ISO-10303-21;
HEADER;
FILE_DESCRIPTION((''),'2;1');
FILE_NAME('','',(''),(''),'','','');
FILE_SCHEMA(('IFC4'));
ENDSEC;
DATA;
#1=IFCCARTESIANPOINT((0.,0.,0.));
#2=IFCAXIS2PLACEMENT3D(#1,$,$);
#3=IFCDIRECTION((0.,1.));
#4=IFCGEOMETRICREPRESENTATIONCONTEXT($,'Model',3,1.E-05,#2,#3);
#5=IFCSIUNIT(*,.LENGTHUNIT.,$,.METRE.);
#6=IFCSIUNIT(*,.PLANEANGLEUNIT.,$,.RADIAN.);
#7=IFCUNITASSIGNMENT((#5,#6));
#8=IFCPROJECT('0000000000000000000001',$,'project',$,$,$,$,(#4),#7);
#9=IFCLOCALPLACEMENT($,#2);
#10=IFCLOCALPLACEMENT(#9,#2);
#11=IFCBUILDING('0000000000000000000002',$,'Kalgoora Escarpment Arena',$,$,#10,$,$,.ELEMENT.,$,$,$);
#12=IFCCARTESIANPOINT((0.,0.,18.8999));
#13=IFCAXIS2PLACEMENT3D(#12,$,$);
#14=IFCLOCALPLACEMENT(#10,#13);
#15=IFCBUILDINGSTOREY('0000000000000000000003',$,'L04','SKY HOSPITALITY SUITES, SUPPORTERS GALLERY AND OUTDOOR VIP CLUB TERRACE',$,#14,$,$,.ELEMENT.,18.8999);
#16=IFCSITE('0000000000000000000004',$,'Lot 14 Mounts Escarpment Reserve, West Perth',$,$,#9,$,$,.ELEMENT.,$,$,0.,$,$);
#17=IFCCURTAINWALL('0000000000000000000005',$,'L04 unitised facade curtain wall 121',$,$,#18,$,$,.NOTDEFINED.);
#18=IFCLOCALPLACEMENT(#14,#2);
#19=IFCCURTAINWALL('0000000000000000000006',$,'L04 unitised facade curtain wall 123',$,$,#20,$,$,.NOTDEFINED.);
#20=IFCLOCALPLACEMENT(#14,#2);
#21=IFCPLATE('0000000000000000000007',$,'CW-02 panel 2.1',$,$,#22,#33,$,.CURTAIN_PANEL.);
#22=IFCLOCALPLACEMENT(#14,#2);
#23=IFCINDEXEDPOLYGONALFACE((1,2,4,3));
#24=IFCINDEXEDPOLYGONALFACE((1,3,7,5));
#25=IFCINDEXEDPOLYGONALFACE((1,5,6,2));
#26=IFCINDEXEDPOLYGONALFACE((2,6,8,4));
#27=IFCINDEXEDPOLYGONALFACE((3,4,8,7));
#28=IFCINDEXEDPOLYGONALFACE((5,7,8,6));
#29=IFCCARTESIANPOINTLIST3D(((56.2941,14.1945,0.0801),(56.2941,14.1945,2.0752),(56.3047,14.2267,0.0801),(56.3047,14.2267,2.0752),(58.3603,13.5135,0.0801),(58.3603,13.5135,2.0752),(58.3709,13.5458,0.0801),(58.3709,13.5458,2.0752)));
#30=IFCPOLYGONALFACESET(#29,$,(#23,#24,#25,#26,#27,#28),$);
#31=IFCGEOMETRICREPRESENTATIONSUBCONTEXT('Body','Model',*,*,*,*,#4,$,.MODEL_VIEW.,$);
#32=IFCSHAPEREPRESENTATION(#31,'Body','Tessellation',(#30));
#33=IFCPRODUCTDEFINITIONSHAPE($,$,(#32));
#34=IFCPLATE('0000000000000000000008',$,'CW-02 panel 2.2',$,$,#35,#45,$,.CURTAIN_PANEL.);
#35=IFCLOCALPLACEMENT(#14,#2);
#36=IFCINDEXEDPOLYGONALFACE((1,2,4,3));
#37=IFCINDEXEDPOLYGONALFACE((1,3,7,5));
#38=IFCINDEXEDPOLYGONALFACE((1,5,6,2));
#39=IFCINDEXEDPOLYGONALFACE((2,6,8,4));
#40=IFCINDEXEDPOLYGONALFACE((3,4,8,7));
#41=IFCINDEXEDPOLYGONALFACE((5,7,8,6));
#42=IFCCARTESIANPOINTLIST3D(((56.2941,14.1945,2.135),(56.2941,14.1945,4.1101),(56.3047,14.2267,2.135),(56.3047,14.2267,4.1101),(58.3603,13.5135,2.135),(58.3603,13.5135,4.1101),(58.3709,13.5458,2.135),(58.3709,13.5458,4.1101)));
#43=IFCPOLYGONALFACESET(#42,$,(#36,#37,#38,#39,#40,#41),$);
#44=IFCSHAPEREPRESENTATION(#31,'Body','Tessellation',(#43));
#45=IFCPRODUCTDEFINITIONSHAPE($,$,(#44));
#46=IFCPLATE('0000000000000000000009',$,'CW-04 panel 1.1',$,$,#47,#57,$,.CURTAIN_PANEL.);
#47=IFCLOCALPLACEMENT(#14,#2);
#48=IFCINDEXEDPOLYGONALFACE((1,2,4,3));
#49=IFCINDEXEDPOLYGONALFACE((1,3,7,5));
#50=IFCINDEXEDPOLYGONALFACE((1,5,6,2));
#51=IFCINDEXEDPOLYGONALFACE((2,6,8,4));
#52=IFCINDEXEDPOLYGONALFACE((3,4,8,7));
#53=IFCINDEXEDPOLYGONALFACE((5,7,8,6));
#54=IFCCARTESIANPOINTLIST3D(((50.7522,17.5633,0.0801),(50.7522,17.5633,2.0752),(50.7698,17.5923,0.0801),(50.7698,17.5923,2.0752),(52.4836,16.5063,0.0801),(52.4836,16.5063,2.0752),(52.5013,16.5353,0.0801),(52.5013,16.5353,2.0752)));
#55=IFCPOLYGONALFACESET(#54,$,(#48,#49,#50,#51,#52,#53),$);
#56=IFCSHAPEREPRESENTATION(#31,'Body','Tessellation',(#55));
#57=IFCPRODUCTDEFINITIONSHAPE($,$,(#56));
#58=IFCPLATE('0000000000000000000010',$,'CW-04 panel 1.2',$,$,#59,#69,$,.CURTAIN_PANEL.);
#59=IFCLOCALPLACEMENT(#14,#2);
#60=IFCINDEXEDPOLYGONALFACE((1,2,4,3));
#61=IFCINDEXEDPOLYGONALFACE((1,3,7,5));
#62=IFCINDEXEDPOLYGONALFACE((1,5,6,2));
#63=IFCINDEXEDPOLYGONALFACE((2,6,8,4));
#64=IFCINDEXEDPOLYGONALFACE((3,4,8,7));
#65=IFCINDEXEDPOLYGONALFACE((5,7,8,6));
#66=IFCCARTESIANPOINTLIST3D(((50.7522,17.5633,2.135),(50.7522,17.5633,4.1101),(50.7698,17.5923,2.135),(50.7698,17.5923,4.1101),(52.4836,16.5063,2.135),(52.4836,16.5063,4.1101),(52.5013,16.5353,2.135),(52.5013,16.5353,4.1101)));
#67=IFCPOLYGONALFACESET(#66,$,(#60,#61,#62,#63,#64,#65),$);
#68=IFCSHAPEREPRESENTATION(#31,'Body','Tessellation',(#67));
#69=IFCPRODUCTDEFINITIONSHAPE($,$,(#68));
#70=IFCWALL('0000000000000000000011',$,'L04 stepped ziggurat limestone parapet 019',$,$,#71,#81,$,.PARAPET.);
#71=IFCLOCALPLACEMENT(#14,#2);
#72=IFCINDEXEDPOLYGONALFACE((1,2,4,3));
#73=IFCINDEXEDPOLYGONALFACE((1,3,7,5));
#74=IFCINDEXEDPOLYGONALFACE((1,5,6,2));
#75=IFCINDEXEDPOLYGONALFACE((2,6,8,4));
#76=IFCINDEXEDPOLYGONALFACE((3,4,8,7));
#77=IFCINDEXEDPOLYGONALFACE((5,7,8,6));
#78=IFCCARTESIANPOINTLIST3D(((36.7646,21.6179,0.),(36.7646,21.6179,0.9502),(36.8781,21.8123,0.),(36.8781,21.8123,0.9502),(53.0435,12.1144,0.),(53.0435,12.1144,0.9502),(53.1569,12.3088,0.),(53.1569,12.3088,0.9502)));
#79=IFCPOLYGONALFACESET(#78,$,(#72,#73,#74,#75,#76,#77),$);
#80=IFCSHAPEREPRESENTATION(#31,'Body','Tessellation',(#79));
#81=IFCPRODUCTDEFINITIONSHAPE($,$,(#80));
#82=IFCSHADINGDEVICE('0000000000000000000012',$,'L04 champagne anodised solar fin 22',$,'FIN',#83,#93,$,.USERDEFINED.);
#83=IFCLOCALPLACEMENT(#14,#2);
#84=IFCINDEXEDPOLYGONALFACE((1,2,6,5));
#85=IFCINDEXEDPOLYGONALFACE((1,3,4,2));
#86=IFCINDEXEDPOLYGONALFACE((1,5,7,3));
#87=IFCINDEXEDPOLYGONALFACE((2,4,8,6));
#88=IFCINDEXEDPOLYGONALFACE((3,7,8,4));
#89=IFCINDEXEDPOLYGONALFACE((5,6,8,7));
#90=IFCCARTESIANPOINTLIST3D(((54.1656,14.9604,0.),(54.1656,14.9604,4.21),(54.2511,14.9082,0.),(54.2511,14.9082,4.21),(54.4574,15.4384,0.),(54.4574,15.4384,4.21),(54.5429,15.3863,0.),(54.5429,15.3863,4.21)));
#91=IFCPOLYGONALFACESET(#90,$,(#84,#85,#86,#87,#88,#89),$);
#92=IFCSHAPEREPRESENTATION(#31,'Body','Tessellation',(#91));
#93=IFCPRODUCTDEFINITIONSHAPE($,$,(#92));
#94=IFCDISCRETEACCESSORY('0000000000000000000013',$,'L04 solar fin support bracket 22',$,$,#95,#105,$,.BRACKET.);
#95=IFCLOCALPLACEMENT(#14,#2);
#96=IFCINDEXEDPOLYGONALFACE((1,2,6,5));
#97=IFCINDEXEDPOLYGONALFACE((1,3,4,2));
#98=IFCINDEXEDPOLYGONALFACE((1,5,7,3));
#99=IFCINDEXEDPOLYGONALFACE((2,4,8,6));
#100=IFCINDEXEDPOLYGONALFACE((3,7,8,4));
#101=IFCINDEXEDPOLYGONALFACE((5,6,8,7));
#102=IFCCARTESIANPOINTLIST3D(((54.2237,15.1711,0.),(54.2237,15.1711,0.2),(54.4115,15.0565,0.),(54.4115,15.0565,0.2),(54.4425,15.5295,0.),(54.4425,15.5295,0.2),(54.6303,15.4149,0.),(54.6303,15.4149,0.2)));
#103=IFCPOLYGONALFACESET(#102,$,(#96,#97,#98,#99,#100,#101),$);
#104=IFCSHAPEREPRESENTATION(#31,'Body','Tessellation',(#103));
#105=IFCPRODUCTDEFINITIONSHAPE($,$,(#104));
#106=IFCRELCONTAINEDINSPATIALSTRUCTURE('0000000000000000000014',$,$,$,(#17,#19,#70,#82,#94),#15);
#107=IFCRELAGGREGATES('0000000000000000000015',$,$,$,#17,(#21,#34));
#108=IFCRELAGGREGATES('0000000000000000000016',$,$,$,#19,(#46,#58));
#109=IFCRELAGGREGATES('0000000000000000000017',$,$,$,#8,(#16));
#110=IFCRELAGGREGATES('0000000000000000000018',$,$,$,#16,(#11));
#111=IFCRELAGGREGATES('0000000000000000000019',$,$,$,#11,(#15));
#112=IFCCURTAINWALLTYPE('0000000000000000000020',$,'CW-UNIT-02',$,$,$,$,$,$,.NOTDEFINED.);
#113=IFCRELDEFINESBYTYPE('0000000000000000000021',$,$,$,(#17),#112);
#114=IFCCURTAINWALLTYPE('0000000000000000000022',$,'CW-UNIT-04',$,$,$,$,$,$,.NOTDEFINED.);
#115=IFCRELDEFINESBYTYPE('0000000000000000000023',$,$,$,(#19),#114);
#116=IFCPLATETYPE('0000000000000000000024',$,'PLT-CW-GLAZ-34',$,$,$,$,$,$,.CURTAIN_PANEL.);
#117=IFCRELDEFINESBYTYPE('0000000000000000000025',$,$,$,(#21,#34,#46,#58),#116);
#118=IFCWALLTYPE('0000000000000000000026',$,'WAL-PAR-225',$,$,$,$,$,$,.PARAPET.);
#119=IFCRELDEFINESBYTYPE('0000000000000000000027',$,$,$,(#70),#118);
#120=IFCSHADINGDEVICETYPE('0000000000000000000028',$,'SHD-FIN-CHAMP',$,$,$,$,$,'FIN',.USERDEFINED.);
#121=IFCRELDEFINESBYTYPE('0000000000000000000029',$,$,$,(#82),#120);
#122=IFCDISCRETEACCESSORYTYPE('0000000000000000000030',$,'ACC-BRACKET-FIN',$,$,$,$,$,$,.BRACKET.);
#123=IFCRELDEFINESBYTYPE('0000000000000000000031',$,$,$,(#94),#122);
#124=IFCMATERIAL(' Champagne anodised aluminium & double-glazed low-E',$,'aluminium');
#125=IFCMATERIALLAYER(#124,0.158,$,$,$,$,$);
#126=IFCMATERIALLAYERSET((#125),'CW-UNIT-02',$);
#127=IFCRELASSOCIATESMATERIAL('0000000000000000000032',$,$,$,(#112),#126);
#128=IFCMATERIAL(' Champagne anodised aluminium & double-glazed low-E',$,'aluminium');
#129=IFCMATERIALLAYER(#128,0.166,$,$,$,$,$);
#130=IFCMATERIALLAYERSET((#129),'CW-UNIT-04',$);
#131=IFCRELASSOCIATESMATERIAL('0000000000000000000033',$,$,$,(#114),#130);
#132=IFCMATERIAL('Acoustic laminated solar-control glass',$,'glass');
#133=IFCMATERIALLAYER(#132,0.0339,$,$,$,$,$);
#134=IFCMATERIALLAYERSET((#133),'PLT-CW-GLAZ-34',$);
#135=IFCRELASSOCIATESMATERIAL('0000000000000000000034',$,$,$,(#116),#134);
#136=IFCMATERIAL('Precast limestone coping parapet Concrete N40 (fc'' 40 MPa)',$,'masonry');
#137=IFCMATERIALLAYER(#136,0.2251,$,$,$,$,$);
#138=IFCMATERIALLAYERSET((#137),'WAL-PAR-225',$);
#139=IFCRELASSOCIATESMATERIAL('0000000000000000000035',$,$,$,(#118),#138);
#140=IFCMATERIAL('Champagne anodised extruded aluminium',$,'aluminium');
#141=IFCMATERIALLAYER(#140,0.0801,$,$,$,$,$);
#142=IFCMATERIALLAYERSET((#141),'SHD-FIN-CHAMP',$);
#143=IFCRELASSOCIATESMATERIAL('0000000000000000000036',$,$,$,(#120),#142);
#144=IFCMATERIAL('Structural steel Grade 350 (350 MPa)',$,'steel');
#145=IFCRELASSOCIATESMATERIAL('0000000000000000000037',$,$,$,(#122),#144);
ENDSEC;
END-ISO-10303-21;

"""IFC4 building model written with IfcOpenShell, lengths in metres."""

from ifc_helpers import new_model, si_unit, direction, frame, frame_2d, origin, origin_2d, place, context, subcontext, project, spatial, rectangle, extrude, material, layer, layer_set, type_object, element, aggregate, save


model = new_model("IFC4")

# Units and contexts
model_context = context("Model", 3, precision=1e-05, world=origin(), true_north=direction((0.0, 1.0)))
body_context = subcontext(model_context, "Body", "Model", "MODEL_VIEW")
ifc_project = project(units=[si_unit("LENGTHUNIT", "METRE"), si_unit("PLANEANGLEUNIT", "RADIAN")], contexts=[model_context])

# Site, building, storey
site_placement = place(None, origin())
site = spatial("IfcSite", under=ifc_project, at=site_placement, Name="Lot 14 Mounts Escarpment Reserve, West Perth", CompositionType="ELEMENT", RefElevation=0.0)
building_placement = place(site_placement, origin())
building = spatial("IfcBuilding", under=site, at=building_placement, Name="Kalgoora Escarpment Arena", CompositionType="ELEMENT")
storey_placement = place(building_placement, frame((0.0, 0.0, 18.8999)))
storey = spatial("IfcBuildingStorey", under=building, at=storey_placement, Name="L04", Description="SKY HOSPITALITY SUITES, SUPPORTERS GALLERY AND OUTDOOR VIP CLUB TERRACE", CompositionType="ELEMENT", Elevation=18.8999)

# Curtain walls
ifc_material_1 = material(Name=" Champagne anodised aluminium & double-glazed low-E", Category="aluminium")
ifc_layer_1 = layer(ifc_material_1, 0.158)
ifc_layer_set_1 = layer_set([ifc_layer_1], Name="CW-UNIT-02")
curtain_wall_type_1 = type_object("IfcCurtainWallType", Name="CW-UNIT-02", PredefinedType="NOTDEFINED", material=ifc_layer_set_1)
curtain_wall_1_placement = place(storey_placement, origin())
curtain_wall_1 = element("IfcCurtainWall", 1, at=curtain_wall_1_placement, inside=storey, type_object=curtain_wall_type_1, Name="L04 unitised facade curtain wall 121", PredefinedType="NOTDEFINED")
ifc_material_2 = material(Name=" Champagne anodised aluminium & double-glazed low-E", Category="aluminium")
ifc_layer_2 = layer(ifc_material_2, 0.166)
ifc_layer_set_2 = layer_set([ifc_layer_2], Name="CW-UNIT-04")
curtain_wall_type_2 = type_object("IfcCurtainWallType", Name="CW-UNIT-04", PredefinedType="NOTDEFINED", material=ifc_layer_set_2)
curtain_wall_2_placement = place(storey_placement, origin())
curtain_wall_2 = element("IfcCurtainWall", 2, at=curtain_wall_2_placement, inside=storey, type_object=curtain_wall_type_2, Name="L04 unitised facade curtain wall 123", PredefinedType="NOTDEFINED")

# Plates
ifc_material_3 = material(Name="Acoustic laminated solar-control glass", Category="glass")
ifc_layer_3 = layer(ifc_material_3, 0.0339)
ifc_layer_set_3 = layer_set([ifc_layer_3], Name="PLT-CW-GLAZ-34")
plate_type_1 = type_object("IfcPlateType", Name="PLT-CW-GLAZ-34", PredefinedType="CURTAIN_PANEL", material=ifc_layer_set_3)
plate_1_placement = place(storey_placement, frame((57.3325, 13.8701, 0.0801), z_axis=(0.0, 0.0, 1.0), x_axis=(-0.949758, 0.312986, 0.0)))
plate_1 = element("IfcPlate", 3, at=plate_1_placement, type_object=plate_type_1, Name="CW-02 panel 2.1", PredefinedType="CURTAIN_PANEL", context=body_context, shape_type="SweptSolid", body=[
    extrude(rectangle(XDim=2.1755, YDim=0.0339, at=origin_2d()), origin(), (0.0, 0.0, 1.0), 1.9951),
])
plate_2_placement = place(storey_placement, frame((57.3325, 13.8701, 2.135), z_axis=(0.0, 0.0, 1.0), x_axis=(-0.949758, 0.312986, 0.0)))
plate_2 = element("IfcPlate", 4, at=plate_2_placement, type_object=plate_type_1, Name="CW-02 panel 2.2", PredefinedType="CURTAIN_PANEL", context=body_context, shape_type="SweptSolid", body=[
    extrude(rectangle(XDim=2.1755, YDim=0.0339, at=origin_2d()), origin(), (0.0, 0.0, 1.0), 1.9751),
])
aggregate(curtain_wall_1, [plate_1, plate_2])
plate_3_placement = place(storey_placement, frame((51.6267, 17.0493, 0.0801), z_axis=(0.0, 0.0, 1.0), x_axis=(-0.853527, 0.521049, 0.0)))
plate_3 = element("IfcPlate", 5, at=plate_3_placement, type_object=plate_type_1, Name="CW-04 panel 1.1", PredefinedType="CURTAIN_PANEL", context=body_context, shape_type="SweptSolid", body=[
    extrude(rectangle(XDim=2.0286, YDim=0.0339, at=origin_2d()), origin(), (0.0, 0.0, 1.0), 1.9951),
])
plate_4_placement = place(storey_placement, frame((51.6267, 17.0493, 2.135), z_axis=(0.0, 0.0, 1.0), x_axis=(-0.853527, 0.521049, 0.0)))
plate_4 = element("IfcPlate", 6, at=plate_4_placement, type_object=plate_type_1, Name="CW-04 panel 1.2", PredefinedType="CURTAIN_PANEL", context=body_context, shape_type="SweptSolid", body=[
    extrude(rectangle(XDim=2.0286, YDim=0.0339, at=origin_2d()), origin(), (0.0, 0.0, 1.0), 1.9751),
])
aggregate(curtain_wall_2, [plate_3, plate_4])

# Wall
ifc_material_4 = material(Name="Precast limestone coping parapet Concrete N40 (fc' 40 MPa)", Category="masonry")
ifc_layer_4 = layer(ifc_material_4, 0.2251)
ifc_layer_set_4 = layer_set([ifc_layer_4], Name="WAL-PAR-225")
wall_type = type_object("IfcWallType", Name="WAL-PAR-225", PredefinedType="PARAPET", material=ifc_layer_set_4)
wall_placement = place(storey_placement, frame((53.1001, 12.2117, 0.0), z_axis=(0.0, 0.0, 1.0), x_axis=(-0.863607, 0.504166, 0.0)))
element("IfcWall", 7, at=wall_placement, inside=storey, type_object=wall_type, Name="L04 stepped ziggurat limestone parapet 019", PredefinedType="PARAPET", context=body_context, shape_type="SweptSolid", body=[
    extrude(rectangle(XDim=18.8499, YDim=0.2251, at=frame_2d((9.4248, 0.0))), origin(), (0.0, 0.0, 1.0), 0.9502),
])

# Shading device
ifc_material_5 = material(Name="Champagne anodised extruded aluminium", Category="aluminium")
ifc_layer_5 = layer(ifc_material_5, 0.0801)
ifc_layer_set_5 = layer_set([ifc_layer_5], Name="SHD-FIN-CHAMP")
shading_device_type = type_object("IfcShadingDeviceType", Name="SHD-FIN-CHAMP", ElementType="FIN", PredefinedType="USERDEFINED", material=ifc_layer_set_5)
shading_device_placement = place(storey_placement, frame((54.3542, 15.1733, 0.0), z_axis=(0.0, 0.0, 1.0), x_axis=(-0.52101, -0.853551, 0.0)))
element("IfcShadingDevice", 8, at=shading_device_placement, inside=storey, type_object=shading_device_type, Name="L04 champagne anodised solar fin 22", ObjectType="FIN", PredefinedType="USERDEFINED", context=body_context, shape_type="SweptSolid", body=[
    extrude(rectangle(XDim=0.5601, YDim=0.1001, at=origin_2d()), origin(), (0.0, 0.0, 1.0), 4.21),
])

# Discrete accessory
ifc_material_6 = material(Name="Structural steel Grade 350 (350 MPa)", Category="steel")
discrete_accessory_type = type_object("IfcDiscreteAccessoryType", Name="ACC-BRACKET-FIN", PredefinedType="BRACKET", material=ifc_material_6)
discrete_accessory_placement = place(storey_placement, frame((54.427, 15.293, 0.0), z_axis=(0.0, 0.0, 1.0), x_axis=(-0.52101, -0.853551, 0.0)))
element("IfcDiscreteAccessory", 9, at=discrete_accessory_placement, inside=storey, type_object=discrete_accessory_type, Name="L04 solar fin support bracket 22", PredefinedType="BRACKET", context=body_context, shape_type="SweptSolid", body=[
    extrude(rectangle(XDim=0.4199, YDim=0.22, at=origin_2d()), origin(), (0.0, 0.0, 1.0), 0.2),
])

save(model, "model.ifc")
